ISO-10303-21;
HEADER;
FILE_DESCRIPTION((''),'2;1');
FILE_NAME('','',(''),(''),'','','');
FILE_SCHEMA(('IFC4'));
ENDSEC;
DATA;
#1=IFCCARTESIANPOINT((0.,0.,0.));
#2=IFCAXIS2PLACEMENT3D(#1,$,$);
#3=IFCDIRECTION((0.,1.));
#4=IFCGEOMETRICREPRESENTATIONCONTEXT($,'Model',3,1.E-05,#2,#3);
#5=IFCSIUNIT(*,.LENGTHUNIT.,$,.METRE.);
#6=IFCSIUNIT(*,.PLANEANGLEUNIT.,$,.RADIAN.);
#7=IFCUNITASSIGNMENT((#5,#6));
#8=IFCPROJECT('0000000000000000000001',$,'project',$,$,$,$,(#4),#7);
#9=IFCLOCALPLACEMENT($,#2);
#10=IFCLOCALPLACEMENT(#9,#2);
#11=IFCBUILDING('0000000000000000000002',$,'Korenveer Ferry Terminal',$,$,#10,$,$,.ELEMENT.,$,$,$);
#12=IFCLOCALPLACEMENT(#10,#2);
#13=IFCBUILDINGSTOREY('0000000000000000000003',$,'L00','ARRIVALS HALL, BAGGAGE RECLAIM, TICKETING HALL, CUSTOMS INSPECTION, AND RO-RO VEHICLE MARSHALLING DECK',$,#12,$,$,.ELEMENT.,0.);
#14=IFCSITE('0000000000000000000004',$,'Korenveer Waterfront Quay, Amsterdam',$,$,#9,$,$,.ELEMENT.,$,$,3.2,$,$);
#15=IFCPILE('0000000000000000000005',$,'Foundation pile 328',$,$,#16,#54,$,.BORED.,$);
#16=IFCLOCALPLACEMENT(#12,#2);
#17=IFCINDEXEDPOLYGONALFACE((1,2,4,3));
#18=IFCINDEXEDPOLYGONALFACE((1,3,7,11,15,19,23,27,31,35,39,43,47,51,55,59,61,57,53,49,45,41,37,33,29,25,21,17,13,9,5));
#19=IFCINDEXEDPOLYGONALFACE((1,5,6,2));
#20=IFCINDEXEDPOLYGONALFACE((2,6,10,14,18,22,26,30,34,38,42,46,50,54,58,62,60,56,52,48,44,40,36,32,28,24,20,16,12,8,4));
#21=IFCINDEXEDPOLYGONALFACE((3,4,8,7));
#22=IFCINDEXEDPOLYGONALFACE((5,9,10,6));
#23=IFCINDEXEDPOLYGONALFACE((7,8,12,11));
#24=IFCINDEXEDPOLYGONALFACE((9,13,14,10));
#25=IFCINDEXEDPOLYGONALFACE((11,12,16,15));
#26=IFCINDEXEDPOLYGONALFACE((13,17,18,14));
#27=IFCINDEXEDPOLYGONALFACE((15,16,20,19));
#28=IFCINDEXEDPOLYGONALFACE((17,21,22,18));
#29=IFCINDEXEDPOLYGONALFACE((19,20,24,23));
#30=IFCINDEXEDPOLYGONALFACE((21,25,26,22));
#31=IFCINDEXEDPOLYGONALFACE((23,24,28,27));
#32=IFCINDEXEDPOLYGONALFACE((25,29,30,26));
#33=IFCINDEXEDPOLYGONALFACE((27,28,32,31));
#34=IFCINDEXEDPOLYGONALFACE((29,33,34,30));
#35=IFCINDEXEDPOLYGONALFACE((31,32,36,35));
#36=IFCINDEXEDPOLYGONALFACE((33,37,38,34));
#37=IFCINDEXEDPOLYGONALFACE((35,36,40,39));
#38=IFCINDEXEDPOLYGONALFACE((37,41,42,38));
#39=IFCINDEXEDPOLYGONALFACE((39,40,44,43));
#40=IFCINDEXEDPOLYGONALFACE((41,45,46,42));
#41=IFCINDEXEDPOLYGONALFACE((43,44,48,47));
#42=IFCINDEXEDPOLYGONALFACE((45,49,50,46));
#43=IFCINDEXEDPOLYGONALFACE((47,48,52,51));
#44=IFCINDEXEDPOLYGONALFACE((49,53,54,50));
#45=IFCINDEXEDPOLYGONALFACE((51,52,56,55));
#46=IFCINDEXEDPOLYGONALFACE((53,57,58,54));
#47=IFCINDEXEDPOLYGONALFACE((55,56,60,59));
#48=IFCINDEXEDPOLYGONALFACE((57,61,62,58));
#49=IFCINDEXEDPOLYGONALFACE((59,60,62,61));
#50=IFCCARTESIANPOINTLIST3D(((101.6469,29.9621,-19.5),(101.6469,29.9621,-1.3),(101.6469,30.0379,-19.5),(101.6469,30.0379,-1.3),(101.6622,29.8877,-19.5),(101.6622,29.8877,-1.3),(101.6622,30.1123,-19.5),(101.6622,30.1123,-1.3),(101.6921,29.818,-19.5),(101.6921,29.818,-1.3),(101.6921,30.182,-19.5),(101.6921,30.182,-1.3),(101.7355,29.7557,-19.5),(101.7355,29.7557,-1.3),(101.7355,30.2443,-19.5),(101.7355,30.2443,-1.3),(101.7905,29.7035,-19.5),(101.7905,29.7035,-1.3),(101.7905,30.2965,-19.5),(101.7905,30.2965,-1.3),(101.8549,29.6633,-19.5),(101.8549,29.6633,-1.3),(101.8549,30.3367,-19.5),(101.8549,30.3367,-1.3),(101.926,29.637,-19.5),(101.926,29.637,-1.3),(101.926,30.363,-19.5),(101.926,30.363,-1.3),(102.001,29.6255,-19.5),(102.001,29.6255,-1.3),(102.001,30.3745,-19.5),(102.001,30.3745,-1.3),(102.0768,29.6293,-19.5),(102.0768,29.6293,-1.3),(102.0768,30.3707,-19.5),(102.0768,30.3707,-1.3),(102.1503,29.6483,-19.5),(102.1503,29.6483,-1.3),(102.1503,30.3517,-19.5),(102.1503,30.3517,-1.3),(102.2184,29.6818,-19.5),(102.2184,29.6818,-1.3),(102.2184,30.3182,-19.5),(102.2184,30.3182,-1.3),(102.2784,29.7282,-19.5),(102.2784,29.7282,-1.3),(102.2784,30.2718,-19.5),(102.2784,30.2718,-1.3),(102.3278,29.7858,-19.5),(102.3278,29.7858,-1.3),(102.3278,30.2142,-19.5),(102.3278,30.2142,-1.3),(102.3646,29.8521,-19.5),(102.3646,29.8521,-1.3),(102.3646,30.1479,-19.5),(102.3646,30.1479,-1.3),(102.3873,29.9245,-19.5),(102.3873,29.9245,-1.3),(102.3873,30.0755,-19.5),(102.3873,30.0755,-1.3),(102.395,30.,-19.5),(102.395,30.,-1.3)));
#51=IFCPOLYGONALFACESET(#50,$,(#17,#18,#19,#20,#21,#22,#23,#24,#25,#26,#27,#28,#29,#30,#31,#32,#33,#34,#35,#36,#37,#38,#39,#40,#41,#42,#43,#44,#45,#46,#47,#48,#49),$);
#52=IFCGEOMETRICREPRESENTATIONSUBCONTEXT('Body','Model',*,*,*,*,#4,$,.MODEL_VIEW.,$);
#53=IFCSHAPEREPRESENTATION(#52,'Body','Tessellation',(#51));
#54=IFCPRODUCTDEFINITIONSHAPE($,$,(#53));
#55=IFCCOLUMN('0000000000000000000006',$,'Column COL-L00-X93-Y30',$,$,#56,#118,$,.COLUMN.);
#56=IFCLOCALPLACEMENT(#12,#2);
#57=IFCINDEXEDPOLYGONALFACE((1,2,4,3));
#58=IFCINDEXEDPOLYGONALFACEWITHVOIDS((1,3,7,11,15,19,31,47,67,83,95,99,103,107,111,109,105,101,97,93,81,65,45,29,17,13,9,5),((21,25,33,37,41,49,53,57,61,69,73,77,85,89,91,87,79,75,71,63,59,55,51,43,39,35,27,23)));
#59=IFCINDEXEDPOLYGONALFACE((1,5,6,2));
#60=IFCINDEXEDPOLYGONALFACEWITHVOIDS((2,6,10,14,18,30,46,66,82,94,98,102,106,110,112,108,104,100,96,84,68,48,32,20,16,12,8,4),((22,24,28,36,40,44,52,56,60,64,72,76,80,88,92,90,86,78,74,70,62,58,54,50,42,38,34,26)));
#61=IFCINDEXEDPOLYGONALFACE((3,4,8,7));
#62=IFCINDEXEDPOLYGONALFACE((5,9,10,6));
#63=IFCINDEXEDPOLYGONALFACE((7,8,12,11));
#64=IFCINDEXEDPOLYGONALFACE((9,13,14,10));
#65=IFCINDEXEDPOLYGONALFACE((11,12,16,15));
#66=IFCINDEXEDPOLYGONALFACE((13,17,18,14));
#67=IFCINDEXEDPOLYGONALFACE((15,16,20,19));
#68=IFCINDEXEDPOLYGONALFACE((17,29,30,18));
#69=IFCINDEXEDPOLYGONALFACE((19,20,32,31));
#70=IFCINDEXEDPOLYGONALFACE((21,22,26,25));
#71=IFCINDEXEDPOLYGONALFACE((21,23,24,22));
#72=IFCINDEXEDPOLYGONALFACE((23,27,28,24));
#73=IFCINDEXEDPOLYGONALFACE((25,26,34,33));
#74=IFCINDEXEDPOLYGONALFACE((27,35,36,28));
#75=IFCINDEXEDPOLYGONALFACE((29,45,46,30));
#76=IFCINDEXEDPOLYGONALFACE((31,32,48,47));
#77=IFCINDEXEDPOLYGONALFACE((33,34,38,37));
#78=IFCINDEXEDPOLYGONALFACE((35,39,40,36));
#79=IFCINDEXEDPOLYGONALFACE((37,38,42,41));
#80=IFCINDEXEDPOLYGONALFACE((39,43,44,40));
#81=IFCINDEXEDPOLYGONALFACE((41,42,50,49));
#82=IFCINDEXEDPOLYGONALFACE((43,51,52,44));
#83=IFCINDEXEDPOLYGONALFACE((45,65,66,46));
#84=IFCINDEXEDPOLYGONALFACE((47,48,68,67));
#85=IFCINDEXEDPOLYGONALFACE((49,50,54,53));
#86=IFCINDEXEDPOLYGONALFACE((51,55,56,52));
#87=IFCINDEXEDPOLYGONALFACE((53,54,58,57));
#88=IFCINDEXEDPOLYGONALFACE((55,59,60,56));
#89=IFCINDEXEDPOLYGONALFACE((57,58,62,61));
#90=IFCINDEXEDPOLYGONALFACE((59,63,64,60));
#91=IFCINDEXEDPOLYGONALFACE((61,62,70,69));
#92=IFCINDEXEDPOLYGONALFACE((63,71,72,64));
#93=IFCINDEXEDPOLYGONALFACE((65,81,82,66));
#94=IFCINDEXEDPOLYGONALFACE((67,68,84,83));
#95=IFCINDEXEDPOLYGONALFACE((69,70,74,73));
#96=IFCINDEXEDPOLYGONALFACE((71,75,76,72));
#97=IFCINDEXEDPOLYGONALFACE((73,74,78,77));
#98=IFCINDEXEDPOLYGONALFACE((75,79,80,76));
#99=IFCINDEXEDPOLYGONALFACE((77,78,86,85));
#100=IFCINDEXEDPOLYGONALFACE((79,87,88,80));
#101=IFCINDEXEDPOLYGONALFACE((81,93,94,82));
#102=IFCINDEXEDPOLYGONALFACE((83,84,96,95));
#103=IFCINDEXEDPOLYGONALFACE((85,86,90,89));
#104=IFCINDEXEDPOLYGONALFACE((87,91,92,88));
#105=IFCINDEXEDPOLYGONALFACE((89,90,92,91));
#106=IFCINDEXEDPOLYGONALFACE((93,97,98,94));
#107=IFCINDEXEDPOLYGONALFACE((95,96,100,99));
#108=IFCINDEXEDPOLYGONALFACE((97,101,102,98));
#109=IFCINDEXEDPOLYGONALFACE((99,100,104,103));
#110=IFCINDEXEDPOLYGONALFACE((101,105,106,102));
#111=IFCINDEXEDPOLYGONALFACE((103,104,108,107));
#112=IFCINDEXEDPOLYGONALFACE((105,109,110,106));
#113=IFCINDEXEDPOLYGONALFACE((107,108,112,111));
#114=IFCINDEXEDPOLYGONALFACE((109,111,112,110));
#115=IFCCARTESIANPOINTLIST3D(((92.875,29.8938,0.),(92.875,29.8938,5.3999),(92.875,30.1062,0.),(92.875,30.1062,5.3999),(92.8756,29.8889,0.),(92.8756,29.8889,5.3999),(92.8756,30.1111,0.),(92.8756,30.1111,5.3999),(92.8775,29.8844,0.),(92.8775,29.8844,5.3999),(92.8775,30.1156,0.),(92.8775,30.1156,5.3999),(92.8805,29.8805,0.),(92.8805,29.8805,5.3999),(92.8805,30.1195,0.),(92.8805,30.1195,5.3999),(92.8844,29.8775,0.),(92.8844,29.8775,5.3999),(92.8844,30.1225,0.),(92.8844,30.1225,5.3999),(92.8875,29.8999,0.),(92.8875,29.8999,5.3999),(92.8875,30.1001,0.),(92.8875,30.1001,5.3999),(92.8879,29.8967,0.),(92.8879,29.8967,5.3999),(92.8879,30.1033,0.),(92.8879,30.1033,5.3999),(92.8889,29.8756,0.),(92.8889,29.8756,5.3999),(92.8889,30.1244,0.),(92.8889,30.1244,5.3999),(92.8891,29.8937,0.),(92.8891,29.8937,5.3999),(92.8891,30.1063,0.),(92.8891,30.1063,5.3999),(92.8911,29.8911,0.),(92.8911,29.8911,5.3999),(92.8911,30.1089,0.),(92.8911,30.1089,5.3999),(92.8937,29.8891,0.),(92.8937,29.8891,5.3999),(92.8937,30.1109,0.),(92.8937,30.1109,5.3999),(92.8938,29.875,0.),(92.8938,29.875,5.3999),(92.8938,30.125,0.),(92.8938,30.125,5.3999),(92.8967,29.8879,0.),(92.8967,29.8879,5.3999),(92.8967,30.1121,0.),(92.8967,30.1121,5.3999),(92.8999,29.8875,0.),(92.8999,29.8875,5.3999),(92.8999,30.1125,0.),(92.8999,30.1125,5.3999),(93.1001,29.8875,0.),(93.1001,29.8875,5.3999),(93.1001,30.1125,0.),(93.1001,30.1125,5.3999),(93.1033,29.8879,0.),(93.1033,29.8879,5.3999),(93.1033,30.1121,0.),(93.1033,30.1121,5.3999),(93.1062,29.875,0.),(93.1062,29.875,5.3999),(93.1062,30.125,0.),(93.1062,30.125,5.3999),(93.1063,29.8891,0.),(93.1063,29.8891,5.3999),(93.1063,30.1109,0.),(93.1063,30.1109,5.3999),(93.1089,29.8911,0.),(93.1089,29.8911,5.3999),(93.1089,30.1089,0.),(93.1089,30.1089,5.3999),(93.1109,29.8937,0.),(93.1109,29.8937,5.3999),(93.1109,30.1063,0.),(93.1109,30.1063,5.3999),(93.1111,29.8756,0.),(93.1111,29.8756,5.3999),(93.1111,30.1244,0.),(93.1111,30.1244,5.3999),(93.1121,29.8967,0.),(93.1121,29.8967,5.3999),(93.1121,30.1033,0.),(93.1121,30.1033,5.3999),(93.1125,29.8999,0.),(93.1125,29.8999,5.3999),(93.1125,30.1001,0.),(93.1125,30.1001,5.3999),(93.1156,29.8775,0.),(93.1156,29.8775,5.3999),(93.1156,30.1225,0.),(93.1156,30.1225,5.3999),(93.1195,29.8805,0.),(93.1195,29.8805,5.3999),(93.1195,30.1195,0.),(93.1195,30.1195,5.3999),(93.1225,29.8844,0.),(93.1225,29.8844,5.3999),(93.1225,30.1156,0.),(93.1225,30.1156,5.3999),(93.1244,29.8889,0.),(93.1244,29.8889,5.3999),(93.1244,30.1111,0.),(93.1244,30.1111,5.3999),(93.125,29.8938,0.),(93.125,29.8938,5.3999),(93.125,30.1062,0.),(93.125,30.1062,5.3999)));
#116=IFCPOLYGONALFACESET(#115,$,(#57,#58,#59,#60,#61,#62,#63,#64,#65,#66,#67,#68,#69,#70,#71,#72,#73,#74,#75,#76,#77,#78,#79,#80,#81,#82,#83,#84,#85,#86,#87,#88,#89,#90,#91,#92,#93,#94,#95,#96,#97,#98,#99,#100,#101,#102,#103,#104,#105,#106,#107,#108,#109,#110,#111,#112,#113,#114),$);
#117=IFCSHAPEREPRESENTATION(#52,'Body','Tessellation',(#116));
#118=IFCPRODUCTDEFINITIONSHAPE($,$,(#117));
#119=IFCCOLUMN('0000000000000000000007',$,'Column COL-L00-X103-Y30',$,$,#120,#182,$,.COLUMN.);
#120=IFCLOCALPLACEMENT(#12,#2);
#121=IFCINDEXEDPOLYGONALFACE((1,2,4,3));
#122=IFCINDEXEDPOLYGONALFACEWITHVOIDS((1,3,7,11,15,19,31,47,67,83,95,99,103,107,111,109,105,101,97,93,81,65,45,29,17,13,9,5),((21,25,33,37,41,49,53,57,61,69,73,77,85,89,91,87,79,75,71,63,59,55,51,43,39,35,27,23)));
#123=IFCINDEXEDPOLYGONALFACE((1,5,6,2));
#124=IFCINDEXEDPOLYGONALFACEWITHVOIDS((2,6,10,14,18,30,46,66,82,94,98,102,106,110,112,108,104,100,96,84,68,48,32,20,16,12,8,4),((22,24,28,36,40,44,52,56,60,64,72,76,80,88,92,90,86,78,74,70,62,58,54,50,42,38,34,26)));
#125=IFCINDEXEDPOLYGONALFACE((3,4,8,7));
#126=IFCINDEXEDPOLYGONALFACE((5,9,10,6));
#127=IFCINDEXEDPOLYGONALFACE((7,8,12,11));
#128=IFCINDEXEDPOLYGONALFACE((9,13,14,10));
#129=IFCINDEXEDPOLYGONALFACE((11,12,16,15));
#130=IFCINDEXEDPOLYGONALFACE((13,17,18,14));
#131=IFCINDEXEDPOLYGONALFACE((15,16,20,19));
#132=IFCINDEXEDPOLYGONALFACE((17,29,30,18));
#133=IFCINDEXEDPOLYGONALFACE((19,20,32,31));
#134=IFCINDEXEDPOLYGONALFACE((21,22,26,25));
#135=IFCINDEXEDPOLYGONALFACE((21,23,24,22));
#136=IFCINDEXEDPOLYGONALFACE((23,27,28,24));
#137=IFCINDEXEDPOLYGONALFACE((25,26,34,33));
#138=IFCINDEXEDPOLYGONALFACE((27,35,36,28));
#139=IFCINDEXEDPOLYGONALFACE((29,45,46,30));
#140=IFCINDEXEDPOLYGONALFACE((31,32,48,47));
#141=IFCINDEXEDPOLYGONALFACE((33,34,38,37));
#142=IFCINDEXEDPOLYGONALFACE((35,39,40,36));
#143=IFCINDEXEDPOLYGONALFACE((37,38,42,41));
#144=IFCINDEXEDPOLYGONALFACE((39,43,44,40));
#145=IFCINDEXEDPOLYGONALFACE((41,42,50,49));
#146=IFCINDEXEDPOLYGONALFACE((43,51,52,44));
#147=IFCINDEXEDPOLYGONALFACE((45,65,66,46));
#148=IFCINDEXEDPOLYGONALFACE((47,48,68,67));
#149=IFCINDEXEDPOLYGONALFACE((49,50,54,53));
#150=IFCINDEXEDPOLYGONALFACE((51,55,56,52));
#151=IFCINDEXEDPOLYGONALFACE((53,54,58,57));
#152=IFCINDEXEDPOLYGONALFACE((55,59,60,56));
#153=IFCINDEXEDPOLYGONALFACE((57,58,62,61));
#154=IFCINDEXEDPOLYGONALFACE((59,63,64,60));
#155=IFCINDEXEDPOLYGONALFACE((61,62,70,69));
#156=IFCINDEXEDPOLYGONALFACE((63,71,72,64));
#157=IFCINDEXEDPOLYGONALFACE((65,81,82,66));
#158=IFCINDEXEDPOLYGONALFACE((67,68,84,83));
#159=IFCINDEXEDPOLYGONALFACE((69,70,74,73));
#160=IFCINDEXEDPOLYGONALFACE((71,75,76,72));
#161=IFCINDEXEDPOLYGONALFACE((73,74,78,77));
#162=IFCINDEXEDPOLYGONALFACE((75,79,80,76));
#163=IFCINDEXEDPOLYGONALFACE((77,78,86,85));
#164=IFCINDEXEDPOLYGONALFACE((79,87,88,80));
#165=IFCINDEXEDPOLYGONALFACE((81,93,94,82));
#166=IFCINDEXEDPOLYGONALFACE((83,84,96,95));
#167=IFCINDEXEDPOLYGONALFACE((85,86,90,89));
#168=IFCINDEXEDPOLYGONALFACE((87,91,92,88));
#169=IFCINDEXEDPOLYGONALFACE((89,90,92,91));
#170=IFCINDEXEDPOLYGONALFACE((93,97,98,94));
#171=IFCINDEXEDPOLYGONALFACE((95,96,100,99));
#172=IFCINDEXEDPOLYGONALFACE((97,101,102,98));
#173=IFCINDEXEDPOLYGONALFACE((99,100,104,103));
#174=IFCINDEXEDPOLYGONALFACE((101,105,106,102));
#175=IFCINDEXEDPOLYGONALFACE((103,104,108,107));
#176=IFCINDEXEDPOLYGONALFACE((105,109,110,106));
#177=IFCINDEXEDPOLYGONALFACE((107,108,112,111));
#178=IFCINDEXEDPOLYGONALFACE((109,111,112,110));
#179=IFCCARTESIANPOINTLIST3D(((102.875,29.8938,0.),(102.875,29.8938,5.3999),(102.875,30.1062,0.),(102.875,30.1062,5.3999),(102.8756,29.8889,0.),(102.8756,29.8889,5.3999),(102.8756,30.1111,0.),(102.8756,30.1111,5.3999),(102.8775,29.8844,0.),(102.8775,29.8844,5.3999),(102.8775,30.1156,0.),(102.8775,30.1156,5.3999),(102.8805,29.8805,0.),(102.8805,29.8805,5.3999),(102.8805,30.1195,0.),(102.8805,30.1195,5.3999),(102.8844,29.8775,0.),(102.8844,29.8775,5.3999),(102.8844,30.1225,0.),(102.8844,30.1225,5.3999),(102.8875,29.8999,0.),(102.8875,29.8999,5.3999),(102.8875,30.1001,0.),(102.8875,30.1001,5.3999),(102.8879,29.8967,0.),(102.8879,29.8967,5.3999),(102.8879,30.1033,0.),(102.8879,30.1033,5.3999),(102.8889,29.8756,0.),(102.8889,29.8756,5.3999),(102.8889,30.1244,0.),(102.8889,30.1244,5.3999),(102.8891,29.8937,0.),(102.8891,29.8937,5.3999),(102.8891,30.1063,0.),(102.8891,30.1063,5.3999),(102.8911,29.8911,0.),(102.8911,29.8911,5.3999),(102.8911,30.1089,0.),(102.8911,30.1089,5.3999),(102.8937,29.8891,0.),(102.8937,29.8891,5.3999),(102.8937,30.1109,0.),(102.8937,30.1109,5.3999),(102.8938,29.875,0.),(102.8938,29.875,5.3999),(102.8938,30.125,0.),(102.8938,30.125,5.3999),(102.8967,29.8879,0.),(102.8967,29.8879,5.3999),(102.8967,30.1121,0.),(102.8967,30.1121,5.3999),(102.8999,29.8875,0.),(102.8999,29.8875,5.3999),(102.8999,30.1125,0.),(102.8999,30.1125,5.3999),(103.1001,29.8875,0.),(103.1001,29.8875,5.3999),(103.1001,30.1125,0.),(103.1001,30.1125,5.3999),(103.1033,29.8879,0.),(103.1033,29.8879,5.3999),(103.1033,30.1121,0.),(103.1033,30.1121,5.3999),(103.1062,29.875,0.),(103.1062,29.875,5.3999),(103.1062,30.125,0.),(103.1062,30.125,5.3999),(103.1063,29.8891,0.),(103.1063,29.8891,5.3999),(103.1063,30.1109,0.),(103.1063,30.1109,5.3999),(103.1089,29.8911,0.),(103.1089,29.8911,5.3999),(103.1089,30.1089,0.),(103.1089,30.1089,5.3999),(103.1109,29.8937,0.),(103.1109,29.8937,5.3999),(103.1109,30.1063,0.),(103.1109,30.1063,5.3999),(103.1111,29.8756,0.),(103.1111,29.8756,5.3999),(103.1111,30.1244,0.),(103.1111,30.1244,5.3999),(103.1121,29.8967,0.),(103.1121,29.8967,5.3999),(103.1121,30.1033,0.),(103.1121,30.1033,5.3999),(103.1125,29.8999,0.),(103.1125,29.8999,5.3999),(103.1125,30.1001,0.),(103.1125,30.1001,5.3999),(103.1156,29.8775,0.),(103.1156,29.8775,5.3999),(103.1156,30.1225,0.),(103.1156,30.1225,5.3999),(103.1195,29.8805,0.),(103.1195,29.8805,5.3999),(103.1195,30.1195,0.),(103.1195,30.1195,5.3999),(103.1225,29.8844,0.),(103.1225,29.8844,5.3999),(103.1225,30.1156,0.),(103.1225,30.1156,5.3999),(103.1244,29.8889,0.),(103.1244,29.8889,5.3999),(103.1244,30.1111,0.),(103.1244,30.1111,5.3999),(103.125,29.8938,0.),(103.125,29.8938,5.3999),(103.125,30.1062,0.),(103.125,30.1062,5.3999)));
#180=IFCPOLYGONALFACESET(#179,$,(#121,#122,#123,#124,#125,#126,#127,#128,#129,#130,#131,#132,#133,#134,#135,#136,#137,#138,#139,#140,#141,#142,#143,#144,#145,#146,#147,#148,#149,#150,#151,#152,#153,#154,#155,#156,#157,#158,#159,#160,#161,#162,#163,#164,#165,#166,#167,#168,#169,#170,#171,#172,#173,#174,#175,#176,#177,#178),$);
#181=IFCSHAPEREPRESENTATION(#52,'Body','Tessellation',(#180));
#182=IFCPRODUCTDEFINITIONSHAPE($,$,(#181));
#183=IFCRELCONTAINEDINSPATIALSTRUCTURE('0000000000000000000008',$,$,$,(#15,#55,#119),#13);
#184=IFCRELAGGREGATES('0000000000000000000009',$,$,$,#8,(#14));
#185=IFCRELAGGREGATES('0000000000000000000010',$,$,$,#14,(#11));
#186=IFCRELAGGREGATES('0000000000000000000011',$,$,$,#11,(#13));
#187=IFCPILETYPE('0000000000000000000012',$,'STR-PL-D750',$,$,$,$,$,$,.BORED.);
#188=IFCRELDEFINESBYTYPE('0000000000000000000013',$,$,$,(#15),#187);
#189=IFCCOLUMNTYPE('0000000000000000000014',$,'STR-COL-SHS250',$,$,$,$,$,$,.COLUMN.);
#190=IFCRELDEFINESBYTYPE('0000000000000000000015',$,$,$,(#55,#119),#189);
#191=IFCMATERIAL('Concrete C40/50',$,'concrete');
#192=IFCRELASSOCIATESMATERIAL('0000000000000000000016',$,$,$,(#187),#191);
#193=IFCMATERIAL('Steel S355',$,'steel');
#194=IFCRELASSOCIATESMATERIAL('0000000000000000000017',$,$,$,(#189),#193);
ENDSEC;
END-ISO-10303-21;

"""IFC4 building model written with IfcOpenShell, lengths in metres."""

from ifc_helpers import new_model, si_unit, direction, frame, origin, origin_2d, place, context, subcontext, project, spatial, hollow_rectangle, circle, extrude, material, material_profile, profile_set, type_object, element, save


model = new_model("IFC4")

# Units and contexts
model_context = context("Model", 3, precision=1e-05, world=origin(), true_north=direction((0.0, 1.0)))
body_context = subcontext(model_context, "Body", "Model", "MODEL_VIEW")
ifc_project = project(units=[si_unit("LENGTHUNIT", "METRE"), si_unit("PLANEANGLEUNIT", "RADIAN")], contexts=[model_context])

# Site, building, storey
site_placement = place(None, origin())
site = spatial("IfcSite", under=ifc_project, at=site_placement, Name="Korenveer Waterfront Quay, Amsterdam", CompositionType="ELEMENT", RefElevation=3.2)
building_placement = place(site_placement, origin())
building = spatial("IfcBuilding", under=site, at=building_placement, Name="Korenveer Ferry Terminal", CompositionType="ELEMENT")
storey_placement = place(building_placement, origin())
storey = spatial("IfcBuildingStorey", under=building, at=storey_placement, Name="L00", Description="ARRIVALS HALL, BAGGAGE RECLAIM, TICKETING HALL, CUSTOMS INSPECTION, AND RO-RO VEHICLE MARSHALLING DECK", CompositionType="ELEMENT", Elevation=0.0)

# Shared definitions
ifc_material_1 = material(Name="Concrete C40/50", Category="concrete")

# Pile
ifc_material_profile_1 = material_profile(ifc_material_1, circle(Radius=0.375, at=origin_2d()), Name="PILE D750")
ifc_profile_set_1 = profile_set([ifc_material_profile_1], Name="Concrete C40/50")
pile_type_1 = type_object("IfcPileType", Name="STR-PL-D750", PredefinedType="BORED", material=ifc_profile_set_1)
for number, where, z_axis, x_axis, name in (
    (1, (102.02, 30.0, -1.3), (0.0, 0.0, -1.0), (1.0, 0.0, 0.0), "Foundation pile 328"),
):
    element("IfcPile", number, at=place(storey_placement, frame(where, z_axis=z_axis, x_axis=x_axis)), inside=storey, type_object=pile_type_1, Name=name, PredefinedType="BORED", context=body_context, shape_type="SweptSolid", body=[
        extrude(circle(Radius=0.375, at=origin_2d()), origin(), (0.0, 0.0, 1.0), 18.2),
    ])

# Columns
ifc_material_2 = material(Name="Steel S355", Category="steel")
ifc_material_profile_2 = material_profile(ifc_material_2, hollow_rectangle(XDim=0.25, YDim=0.25, WallThickness=0.0125, InnerFilletRadius=0.0125, OuterFilletRadius=0.0188, at=origin_2d()), Name="SHS 250x250x12.5")
ifc_profile_set_2 = profile_set([ifc_material_profile_2], Name="Steel S355")
column_type = type_object("IfcColumnType", Name="STR-COL-SHS250", PredefinedType="COLUMN", material=ifc_profile_set_2)
for number, where, z_axis, x_axis, name in (
    (2, (93.0, 30.0, 0.0), (0.0, 0.0, 1.0), (1.0, 0.0, 0.0), "Column COL-L00-X93-Y30"),
    (3, (103.0, 30.0, 0.0), (0.0, 0.0, 1.0), (1.0, 0.0, 0.0), "Column COL-L00-X103-Y30"),
):
    element("IfcColumn", number, at=place(storey_placement, frame(where, z_axis=z_axis, x_axis=x_axis)), inside=storey, type_object=column_type, Name=name, PredefinedType="COLUMN", context=body_context, shape_type="SweptSolid", body=[
        extrude(hollow_rectangle(XDim=0.25, YDim=0.25, WallThickness=0.0125, InnerFilletRadius=0.0125, OuterFilletRadius=0.0188, at=origin_2d()), origin(), (0.0, 0.0, 1.0), 5.3999),
    ])

save(model, "model.ifc")
